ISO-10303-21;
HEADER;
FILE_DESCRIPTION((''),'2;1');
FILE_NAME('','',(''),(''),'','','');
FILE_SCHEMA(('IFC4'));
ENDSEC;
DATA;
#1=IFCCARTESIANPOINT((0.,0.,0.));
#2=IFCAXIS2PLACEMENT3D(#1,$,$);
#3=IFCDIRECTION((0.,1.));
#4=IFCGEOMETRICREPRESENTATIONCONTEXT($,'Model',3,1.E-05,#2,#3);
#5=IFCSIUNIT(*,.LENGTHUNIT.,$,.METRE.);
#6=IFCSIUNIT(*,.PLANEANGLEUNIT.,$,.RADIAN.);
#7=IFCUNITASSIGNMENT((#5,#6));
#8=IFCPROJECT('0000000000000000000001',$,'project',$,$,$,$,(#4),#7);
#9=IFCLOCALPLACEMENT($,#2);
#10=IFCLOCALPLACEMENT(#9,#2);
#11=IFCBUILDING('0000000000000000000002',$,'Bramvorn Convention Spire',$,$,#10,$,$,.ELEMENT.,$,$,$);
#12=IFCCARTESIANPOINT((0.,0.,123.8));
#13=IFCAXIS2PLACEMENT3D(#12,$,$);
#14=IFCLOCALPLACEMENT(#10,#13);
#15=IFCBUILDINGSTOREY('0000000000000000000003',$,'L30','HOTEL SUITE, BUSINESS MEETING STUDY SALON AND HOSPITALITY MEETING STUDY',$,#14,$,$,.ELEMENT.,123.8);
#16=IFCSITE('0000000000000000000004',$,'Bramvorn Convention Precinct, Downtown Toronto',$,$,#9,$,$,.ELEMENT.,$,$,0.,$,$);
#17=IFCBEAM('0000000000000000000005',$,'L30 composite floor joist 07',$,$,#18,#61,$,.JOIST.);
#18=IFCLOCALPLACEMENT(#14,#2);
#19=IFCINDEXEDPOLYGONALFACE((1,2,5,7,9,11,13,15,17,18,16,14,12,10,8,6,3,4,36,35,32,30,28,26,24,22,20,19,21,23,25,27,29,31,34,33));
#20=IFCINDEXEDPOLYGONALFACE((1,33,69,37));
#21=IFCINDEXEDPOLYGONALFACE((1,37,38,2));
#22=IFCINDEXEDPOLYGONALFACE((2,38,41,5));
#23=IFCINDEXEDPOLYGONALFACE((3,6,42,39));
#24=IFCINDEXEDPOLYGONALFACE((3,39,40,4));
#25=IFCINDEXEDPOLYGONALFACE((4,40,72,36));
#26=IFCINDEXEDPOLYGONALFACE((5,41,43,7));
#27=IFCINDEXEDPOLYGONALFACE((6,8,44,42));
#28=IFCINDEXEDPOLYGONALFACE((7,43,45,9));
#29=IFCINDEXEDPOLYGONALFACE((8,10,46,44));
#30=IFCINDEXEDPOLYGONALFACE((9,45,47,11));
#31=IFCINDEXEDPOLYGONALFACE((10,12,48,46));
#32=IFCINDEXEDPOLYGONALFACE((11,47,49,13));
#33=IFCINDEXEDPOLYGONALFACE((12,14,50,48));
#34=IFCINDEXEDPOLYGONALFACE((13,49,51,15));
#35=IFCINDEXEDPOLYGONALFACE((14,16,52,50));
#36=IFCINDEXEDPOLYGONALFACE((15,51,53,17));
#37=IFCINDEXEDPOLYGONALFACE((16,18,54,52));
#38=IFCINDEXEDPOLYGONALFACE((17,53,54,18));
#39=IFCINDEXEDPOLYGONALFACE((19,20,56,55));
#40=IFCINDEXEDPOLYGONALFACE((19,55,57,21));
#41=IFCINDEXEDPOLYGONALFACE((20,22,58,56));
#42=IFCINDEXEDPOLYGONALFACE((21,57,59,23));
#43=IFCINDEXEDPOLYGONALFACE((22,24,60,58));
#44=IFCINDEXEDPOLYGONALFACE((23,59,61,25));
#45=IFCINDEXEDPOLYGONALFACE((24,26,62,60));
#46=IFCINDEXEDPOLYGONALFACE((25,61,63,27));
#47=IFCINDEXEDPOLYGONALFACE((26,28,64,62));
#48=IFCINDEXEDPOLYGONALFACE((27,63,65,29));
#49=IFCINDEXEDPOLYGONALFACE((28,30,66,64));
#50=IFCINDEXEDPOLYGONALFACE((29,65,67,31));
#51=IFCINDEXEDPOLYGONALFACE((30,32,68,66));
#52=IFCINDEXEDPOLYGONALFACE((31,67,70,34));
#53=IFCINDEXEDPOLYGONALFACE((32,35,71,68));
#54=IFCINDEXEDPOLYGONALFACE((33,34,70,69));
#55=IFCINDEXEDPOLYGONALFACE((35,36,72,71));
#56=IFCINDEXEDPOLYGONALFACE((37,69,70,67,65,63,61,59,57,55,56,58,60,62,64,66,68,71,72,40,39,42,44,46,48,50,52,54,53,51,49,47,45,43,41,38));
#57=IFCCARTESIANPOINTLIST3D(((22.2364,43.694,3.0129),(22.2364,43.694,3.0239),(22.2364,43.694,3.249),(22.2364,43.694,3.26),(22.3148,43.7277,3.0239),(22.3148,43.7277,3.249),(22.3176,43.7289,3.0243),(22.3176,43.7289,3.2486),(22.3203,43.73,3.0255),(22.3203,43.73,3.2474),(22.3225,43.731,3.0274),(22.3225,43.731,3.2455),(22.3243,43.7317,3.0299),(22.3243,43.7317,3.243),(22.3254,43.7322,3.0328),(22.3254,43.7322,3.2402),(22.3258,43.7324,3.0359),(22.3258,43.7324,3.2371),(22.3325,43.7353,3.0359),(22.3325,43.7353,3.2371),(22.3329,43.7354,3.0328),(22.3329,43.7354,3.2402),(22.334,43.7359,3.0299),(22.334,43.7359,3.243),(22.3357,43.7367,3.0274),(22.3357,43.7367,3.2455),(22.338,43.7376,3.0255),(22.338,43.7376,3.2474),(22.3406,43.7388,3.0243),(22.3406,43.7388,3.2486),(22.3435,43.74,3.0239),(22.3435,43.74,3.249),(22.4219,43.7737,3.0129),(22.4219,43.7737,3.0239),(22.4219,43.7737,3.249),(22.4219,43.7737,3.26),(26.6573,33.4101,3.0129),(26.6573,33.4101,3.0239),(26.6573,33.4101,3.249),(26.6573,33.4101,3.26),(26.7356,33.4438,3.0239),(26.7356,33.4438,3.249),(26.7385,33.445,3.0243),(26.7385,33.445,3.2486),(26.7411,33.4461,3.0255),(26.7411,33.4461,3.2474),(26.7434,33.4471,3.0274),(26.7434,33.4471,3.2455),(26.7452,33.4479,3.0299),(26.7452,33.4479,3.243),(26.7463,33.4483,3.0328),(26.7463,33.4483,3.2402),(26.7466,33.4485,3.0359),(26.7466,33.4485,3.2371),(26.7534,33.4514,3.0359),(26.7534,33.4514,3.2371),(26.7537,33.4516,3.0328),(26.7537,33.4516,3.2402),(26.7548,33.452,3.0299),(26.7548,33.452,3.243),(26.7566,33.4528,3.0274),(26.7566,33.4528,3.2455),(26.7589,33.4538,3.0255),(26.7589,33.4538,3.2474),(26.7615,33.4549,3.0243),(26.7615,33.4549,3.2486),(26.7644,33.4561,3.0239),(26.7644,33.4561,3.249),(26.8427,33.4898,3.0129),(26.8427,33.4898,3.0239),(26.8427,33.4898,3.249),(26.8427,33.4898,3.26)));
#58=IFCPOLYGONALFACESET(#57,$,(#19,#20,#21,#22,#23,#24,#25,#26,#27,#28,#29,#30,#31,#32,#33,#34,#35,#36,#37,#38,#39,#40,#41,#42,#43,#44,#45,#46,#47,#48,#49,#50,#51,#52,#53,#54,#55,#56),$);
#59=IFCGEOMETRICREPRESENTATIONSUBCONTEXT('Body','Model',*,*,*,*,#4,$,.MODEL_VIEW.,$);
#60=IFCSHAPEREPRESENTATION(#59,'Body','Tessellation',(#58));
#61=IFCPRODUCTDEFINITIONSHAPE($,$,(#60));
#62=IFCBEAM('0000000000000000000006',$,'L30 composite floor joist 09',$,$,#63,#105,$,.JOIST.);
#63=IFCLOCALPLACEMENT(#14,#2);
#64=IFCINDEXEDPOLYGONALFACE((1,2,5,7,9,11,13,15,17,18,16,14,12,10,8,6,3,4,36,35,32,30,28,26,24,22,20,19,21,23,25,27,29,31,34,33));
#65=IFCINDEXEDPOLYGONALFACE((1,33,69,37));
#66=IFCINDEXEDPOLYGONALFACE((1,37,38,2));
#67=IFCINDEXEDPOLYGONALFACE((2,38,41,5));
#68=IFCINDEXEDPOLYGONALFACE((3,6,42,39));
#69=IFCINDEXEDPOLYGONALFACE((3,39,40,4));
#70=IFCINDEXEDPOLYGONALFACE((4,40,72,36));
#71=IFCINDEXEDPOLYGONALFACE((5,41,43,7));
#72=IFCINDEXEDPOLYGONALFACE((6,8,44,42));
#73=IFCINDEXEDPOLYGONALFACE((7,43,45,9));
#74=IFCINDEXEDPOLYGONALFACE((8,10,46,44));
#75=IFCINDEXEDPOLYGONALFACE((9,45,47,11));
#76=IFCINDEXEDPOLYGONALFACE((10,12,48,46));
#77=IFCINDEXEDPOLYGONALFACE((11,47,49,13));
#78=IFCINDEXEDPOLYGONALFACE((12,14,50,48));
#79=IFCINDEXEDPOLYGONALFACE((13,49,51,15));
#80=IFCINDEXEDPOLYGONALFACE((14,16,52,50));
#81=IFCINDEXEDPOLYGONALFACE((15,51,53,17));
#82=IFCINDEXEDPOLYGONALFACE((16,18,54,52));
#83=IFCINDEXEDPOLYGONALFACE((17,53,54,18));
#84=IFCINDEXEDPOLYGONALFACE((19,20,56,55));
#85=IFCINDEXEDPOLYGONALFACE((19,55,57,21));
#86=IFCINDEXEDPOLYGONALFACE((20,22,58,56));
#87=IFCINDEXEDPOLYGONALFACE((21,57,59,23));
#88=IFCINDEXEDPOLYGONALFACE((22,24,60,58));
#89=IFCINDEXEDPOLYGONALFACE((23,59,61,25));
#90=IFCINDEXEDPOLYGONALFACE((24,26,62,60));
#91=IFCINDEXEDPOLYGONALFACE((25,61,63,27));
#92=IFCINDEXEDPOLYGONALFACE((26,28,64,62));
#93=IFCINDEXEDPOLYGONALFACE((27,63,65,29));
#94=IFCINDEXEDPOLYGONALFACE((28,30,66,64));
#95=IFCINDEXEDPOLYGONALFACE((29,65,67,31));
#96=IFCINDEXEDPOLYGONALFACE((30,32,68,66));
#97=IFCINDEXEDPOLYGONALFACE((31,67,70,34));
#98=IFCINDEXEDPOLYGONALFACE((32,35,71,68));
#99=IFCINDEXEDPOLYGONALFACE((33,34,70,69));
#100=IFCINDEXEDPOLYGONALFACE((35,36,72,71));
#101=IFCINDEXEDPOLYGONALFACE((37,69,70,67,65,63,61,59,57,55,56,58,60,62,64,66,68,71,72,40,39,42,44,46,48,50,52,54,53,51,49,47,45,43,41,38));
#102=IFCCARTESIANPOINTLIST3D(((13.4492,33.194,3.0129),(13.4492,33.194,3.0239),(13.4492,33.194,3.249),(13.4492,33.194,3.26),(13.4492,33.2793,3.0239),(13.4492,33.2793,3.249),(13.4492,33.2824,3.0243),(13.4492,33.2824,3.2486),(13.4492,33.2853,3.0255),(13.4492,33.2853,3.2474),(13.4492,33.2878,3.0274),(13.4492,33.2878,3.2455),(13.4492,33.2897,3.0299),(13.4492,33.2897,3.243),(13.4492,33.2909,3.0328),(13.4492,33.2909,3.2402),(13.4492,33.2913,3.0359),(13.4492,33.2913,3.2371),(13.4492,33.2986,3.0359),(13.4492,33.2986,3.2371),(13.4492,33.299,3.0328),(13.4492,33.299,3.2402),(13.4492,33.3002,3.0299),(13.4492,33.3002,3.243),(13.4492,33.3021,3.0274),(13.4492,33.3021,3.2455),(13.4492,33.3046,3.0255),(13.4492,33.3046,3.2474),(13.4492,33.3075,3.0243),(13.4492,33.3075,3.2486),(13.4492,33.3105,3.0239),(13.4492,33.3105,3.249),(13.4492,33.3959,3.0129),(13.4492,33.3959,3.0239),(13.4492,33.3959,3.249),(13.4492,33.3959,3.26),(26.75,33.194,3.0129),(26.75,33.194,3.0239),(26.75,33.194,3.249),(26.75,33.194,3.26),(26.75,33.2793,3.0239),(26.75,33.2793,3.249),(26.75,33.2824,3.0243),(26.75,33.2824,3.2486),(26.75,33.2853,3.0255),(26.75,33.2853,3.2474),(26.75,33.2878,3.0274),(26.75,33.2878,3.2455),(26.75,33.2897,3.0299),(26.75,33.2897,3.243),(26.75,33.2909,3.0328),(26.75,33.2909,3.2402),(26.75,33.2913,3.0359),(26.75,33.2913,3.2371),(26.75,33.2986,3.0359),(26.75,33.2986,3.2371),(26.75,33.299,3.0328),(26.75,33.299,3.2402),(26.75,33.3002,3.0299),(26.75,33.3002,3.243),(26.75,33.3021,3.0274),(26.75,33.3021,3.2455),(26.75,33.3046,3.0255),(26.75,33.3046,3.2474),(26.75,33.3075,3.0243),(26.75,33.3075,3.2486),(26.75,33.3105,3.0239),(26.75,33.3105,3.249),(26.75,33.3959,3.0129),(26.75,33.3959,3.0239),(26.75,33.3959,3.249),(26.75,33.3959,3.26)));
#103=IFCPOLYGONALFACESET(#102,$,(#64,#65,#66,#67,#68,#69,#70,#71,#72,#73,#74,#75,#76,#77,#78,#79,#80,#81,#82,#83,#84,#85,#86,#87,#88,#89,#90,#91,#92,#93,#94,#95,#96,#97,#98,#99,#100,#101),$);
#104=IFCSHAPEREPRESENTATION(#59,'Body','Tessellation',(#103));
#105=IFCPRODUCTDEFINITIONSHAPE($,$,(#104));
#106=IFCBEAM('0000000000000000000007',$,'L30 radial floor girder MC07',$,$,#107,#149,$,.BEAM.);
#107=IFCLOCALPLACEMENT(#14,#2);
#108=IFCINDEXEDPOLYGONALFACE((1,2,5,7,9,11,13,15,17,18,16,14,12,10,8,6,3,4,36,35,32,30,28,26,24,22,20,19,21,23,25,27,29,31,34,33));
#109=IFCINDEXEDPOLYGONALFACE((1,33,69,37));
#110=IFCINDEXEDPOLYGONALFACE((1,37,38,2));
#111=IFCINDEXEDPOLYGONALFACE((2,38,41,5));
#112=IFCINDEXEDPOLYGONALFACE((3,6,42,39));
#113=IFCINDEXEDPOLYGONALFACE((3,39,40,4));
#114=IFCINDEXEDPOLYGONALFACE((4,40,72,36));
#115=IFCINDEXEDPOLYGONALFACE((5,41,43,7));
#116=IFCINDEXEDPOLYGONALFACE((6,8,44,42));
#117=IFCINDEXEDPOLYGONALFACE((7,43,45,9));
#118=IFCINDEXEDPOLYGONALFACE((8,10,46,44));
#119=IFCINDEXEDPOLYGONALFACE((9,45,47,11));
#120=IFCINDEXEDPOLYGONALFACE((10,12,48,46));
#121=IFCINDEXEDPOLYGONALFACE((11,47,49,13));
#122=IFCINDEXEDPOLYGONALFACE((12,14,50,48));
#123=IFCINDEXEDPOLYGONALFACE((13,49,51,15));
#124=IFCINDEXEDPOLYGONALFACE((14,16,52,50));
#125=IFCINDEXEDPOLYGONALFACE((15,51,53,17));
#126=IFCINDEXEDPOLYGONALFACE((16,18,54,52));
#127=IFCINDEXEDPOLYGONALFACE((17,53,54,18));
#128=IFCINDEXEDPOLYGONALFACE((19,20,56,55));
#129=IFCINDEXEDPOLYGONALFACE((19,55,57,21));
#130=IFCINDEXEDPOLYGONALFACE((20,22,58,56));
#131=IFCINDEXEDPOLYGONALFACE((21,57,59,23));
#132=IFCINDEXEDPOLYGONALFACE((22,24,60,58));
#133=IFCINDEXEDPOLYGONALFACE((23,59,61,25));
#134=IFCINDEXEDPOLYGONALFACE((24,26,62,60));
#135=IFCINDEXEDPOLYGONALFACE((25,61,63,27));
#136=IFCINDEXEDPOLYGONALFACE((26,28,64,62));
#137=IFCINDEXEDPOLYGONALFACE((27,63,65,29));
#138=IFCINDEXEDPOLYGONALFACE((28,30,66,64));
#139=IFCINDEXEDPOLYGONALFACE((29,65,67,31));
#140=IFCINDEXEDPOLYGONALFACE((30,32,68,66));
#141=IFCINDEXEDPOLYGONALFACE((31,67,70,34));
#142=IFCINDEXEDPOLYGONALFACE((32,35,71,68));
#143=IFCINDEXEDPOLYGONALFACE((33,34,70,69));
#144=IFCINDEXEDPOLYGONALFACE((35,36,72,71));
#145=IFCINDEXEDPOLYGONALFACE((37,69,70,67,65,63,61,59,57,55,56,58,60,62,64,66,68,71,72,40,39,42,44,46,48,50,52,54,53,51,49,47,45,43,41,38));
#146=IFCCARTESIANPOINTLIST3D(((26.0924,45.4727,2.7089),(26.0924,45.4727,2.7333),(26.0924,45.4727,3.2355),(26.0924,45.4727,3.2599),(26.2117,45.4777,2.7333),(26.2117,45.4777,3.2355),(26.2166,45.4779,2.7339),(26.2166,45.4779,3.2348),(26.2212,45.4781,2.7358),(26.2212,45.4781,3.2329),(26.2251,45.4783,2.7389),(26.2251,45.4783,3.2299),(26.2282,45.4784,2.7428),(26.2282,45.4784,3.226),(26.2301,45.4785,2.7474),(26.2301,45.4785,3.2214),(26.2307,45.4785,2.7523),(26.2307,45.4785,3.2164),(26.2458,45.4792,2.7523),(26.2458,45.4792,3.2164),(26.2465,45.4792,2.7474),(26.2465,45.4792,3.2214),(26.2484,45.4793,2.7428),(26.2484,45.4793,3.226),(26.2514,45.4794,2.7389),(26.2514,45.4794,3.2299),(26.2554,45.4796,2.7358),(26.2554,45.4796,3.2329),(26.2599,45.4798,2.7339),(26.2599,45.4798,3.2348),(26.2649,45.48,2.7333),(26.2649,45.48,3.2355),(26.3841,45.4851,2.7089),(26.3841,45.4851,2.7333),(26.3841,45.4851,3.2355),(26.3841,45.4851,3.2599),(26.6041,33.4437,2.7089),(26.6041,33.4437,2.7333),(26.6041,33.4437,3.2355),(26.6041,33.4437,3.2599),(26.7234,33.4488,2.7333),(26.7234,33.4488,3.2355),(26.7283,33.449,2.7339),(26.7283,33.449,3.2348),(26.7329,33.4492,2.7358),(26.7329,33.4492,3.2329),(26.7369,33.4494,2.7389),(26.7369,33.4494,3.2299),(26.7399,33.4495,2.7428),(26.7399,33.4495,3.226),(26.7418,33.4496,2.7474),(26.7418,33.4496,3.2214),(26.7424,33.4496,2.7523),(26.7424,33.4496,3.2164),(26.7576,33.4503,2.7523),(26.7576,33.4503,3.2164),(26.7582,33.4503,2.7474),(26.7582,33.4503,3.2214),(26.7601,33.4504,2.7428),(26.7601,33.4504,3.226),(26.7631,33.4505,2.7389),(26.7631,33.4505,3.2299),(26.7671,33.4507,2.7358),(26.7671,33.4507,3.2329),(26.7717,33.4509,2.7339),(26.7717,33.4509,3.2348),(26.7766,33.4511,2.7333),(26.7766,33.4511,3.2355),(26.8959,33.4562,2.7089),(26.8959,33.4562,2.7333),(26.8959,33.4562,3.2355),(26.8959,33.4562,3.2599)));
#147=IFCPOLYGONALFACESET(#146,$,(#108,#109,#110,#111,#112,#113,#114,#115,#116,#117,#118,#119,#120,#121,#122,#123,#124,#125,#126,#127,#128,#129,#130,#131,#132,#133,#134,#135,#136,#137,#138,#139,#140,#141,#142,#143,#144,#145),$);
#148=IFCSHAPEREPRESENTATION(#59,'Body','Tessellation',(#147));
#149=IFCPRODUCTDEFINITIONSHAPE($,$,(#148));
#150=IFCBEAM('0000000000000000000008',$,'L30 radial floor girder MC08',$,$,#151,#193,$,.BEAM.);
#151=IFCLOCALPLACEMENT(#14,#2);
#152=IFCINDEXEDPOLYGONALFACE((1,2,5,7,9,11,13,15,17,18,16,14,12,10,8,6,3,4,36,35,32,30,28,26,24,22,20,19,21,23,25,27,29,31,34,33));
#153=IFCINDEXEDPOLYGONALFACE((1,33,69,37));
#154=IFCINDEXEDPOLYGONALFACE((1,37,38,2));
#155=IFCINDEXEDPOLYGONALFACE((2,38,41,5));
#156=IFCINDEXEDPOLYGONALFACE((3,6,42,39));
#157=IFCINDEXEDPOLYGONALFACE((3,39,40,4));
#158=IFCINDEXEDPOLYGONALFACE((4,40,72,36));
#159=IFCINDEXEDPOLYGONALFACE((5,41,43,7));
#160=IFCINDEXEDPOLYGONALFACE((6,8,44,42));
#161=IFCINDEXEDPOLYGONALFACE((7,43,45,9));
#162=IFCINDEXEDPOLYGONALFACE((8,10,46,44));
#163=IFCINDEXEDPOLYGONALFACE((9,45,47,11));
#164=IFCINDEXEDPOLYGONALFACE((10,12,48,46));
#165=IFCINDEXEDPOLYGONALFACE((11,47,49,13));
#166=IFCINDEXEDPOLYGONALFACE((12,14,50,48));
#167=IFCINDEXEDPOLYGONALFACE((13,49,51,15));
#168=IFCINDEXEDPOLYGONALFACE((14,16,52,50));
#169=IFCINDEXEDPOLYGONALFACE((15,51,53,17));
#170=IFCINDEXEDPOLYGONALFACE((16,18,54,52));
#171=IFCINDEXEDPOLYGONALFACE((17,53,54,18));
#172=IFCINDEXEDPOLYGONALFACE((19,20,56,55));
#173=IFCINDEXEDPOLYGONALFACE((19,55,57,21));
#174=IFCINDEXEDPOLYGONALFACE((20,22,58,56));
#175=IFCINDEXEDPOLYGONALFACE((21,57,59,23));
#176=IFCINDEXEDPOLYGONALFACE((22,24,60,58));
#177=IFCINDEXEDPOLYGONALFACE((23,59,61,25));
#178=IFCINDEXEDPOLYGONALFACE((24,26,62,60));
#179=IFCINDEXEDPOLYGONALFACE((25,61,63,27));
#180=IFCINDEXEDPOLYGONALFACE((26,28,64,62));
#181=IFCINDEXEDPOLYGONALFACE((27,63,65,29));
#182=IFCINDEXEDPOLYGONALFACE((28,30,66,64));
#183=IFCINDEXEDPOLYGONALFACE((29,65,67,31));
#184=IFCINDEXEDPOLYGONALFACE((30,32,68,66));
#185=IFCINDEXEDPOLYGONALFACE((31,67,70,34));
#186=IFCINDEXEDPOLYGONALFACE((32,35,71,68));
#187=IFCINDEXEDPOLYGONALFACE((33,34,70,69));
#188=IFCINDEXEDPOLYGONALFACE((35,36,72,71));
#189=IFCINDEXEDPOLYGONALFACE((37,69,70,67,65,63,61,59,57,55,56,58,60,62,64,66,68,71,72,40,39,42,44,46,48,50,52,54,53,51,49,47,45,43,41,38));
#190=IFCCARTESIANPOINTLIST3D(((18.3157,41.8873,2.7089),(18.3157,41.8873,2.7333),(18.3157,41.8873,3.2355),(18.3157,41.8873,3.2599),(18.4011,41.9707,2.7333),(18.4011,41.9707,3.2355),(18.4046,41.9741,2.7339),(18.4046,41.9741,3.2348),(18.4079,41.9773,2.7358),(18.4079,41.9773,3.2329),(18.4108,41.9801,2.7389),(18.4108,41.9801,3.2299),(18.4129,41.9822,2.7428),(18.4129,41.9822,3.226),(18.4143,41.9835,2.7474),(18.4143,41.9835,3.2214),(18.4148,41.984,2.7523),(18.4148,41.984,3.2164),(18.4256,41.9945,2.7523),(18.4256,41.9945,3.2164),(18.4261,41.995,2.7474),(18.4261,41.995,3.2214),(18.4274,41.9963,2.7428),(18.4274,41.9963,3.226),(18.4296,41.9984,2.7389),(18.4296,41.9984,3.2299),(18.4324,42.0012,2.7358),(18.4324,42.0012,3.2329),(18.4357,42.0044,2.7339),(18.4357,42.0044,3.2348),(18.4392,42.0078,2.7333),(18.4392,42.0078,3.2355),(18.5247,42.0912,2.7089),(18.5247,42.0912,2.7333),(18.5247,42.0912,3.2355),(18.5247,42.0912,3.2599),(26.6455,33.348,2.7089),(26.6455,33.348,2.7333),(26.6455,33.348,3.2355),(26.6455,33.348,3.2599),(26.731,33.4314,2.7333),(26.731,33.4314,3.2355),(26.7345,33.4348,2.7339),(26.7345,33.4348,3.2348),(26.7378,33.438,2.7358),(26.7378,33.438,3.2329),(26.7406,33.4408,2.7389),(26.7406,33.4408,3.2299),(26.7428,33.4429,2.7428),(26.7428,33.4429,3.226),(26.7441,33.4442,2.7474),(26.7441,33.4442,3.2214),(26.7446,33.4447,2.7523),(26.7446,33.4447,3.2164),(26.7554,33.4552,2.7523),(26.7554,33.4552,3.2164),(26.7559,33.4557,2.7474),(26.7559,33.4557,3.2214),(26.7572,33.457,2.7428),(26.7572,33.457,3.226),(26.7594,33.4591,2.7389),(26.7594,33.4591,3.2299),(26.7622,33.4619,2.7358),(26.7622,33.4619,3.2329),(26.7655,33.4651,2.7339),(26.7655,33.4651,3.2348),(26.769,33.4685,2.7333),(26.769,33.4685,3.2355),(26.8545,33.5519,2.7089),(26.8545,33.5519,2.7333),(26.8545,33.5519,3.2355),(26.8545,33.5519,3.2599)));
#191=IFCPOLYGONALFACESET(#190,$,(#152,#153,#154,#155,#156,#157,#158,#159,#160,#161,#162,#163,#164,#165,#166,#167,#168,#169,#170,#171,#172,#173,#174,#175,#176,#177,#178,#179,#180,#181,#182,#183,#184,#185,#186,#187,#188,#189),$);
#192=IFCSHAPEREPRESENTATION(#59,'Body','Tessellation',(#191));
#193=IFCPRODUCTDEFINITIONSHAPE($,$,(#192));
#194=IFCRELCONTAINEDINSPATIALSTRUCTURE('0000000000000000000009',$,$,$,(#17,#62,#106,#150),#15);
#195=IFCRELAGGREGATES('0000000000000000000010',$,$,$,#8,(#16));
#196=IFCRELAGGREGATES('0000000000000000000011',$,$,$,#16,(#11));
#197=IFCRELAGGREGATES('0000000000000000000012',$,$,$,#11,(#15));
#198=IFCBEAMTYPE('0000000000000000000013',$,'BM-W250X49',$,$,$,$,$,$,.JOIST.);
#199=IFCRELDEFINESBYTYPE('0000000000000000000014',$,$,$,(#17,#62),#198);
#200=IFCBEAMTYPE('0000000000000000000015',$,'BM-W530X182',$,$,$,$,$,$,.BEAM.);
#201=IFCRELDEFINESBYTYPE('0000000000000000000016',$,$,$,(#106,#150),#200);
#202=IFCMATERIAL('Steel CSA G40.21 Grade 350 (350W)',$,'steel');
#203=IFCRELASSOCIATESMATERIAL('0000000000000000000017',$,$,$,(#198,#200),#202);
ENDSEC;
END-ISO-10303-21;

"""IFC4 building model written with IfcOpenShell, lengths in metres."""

from ifc_helpers import new_model, si_unit, direction, frame, origin, origin_2d, place, context, subcontext, project, spatial, i_section, extrude, material, material_profile, profile_set, type_object, element, save


model = new_model("IFC4")

# Units and contexts
model_context = context("Model", 3, precision=1e-05, world=origin(), true_north=direction((0.0, 1.0)))
body_context = subcontext(model_context, "Body", "Model", "MODEL_VIEW")
ifc_project = project(units=[si_unit("LENGTHUNIT", "METRE"), si_unit("PLANEANGLEUNIT", "RADIAN")], contexts=[model_context])

# Site, building, storey
site_placement = place(None, origin())
site = spatial("IfcSite", under=ifc_project, at=site_placement, Name="Bramvorn Convention Precinct, Downtown Toronto", CompositionType="ELEMENT", RefElevation=0.0)
building_placement = place(site_placement, origin())
building = spatial("IfcBuilding", under=site, at=building_placement, Name="Bramvorn Convention Spire", CompositionType="ELEMENT")
storey_placement = place(building_placement, frame((0.0, 0.0, 123.8)))
storey = spatial("IfcBuildingStorey", under=building, at=storey_placement, Name="L30", Description="HOTEL SUITE, BUSINESS MEETING STUDY SALON AND HOSPITALITY MEETING STUDY", CompositionType="ELEMENT", Elevation=123.8)

# Beams
ifc_material_1 = material(Name="Steel CSA G40.21 Grade 350 (350W)", Category="steel")
ifc_material_profile_1 = material_profile(ifc_material_1, i_section(OverallWidth=0.2019, OverallDepth=0.2471, WebThickness=0.0073, FlangeThickness=0.011, FilletRadius=0.012, at=origin_2d()))
ifc_profile_set_1 = profile_set([ifc_material_profile_1], Name="Steel CSA G40.21 Grade 350 (350W) - W250X49")
beam_type_1 = type_object("IfcBeamType", Name="BM-W250X49", PredefinedType="JOIST", material=ifc_profile_set_1)
beam_1_placement = place(storey_placement, frame((26.75, 33.45, 3.1365), z_axis=(-0.394938, 0.918708, 0.0), x_axis=(-0.918708, -0.394938, 0.0)))
element("IfcBeam", 1, at=beam_1_placement, inside=storey, type_object=beam_type_1, Name="L30 composite floor joist 07", PredefinedType="JOIST", context=body_context, shape_type="SweptSolid", body=[
    extrude(i_section(OverallWidth=0.2019, OverallDepth=0.2471, WebThickness=0.0073, FlangeThickness=0.011, FilletRadius=0.012, at=origin_2d()), origin(), (0.0, 0.0, 1.0), 11.1938),
])
beam_2_placement = place(storey_placement, frame((26.75, 33.2949, 3.1365), z_axis=(-1.0, 0.0, 0.0), x_axis=(0.0, -1.0, 0.0)))
element("IfcBeam", 2, at=beam_2_placement, inside=storey, type_object=beam_type_1, Name="L30 composite floor joist 09", PredefinedType="JOIST", context=body_context, shape_type="SweptSolid", body=[
    extrude(i_section(OverallWidth=0.2019, OverallDepth=0.2471, WebThickness=0.0073, FlangeThickness=0.011, FilletRadius=0.012, at=origin_2d()), origin(), (0.0, 0.0, 1.0), 13.3008),
])
ifc_material_profile_2 = material_profile(ifc_material_1, i_section(OverallWidth=0.292, OverallDepth=0.551, WebThickness=0.0151, FlangeThickness=0.0244, FilletRadius=0.019, at=origin_2d()))
ifc_profile_set_2 = profile_set([ifc_material_profile_2], Name="Steel CSA G40.21 Grade 350 (350W) - W530X182")
beam_type_2 = type_object("IfcBeamType", Name="BM-W530X182", PredefinedType="BEAM", material=ifc_profile_set_2)
beam_3_placement = place(storey_placement, frame((26.75, 33.45, 2.9844), z_axis=(-0.042503, 0.999096, 0.0), x_axis=(-0.999096, -0.042503, 0.0)))
element("IfcBeam", 3, at=beam_3_placement, inside=storey, type_object=beam_type_2, Name="L30 radial floor girder MC07", PredefinedType="BEAM", context=body_context, shape_type="SweptSolid", body=[
    extrude(i_section(OverallWidth=0.292, OverallDepth=0.551, WebThickness=0.0151, FlangeThickness=0.0244, FilletRadius=0.019, at=origin_2d()), origin(), (0.0, 0.0, 1.0), 12.0398),
])
beam_4_placement = place(storey_placement, frame((26.75, 33.45, 2.9844), z_axis=(-0.698272, 0.715832, 0.0), x_axis=(-0.715832, -0.698272, 0.0)))
element("IfcBeam", 4, at=beam_4_placement, inside=storey, type_object=beam_type_2, Name="L30 radial floor girder MC08", PredefinedType="BEAM", context=body_context, shape_type="SweptSolid", body=[
    extrude(i_section(OverallWidth=0.292, OverallDepth=0.551, WebThickness=0.0151, FlangeThickness=0.0244, FilletRadius=0.019, at=origin_2d()), origin(), (0.0, 0.0, 1.0), 11.9292),
])

save(model, "model.ifc")
